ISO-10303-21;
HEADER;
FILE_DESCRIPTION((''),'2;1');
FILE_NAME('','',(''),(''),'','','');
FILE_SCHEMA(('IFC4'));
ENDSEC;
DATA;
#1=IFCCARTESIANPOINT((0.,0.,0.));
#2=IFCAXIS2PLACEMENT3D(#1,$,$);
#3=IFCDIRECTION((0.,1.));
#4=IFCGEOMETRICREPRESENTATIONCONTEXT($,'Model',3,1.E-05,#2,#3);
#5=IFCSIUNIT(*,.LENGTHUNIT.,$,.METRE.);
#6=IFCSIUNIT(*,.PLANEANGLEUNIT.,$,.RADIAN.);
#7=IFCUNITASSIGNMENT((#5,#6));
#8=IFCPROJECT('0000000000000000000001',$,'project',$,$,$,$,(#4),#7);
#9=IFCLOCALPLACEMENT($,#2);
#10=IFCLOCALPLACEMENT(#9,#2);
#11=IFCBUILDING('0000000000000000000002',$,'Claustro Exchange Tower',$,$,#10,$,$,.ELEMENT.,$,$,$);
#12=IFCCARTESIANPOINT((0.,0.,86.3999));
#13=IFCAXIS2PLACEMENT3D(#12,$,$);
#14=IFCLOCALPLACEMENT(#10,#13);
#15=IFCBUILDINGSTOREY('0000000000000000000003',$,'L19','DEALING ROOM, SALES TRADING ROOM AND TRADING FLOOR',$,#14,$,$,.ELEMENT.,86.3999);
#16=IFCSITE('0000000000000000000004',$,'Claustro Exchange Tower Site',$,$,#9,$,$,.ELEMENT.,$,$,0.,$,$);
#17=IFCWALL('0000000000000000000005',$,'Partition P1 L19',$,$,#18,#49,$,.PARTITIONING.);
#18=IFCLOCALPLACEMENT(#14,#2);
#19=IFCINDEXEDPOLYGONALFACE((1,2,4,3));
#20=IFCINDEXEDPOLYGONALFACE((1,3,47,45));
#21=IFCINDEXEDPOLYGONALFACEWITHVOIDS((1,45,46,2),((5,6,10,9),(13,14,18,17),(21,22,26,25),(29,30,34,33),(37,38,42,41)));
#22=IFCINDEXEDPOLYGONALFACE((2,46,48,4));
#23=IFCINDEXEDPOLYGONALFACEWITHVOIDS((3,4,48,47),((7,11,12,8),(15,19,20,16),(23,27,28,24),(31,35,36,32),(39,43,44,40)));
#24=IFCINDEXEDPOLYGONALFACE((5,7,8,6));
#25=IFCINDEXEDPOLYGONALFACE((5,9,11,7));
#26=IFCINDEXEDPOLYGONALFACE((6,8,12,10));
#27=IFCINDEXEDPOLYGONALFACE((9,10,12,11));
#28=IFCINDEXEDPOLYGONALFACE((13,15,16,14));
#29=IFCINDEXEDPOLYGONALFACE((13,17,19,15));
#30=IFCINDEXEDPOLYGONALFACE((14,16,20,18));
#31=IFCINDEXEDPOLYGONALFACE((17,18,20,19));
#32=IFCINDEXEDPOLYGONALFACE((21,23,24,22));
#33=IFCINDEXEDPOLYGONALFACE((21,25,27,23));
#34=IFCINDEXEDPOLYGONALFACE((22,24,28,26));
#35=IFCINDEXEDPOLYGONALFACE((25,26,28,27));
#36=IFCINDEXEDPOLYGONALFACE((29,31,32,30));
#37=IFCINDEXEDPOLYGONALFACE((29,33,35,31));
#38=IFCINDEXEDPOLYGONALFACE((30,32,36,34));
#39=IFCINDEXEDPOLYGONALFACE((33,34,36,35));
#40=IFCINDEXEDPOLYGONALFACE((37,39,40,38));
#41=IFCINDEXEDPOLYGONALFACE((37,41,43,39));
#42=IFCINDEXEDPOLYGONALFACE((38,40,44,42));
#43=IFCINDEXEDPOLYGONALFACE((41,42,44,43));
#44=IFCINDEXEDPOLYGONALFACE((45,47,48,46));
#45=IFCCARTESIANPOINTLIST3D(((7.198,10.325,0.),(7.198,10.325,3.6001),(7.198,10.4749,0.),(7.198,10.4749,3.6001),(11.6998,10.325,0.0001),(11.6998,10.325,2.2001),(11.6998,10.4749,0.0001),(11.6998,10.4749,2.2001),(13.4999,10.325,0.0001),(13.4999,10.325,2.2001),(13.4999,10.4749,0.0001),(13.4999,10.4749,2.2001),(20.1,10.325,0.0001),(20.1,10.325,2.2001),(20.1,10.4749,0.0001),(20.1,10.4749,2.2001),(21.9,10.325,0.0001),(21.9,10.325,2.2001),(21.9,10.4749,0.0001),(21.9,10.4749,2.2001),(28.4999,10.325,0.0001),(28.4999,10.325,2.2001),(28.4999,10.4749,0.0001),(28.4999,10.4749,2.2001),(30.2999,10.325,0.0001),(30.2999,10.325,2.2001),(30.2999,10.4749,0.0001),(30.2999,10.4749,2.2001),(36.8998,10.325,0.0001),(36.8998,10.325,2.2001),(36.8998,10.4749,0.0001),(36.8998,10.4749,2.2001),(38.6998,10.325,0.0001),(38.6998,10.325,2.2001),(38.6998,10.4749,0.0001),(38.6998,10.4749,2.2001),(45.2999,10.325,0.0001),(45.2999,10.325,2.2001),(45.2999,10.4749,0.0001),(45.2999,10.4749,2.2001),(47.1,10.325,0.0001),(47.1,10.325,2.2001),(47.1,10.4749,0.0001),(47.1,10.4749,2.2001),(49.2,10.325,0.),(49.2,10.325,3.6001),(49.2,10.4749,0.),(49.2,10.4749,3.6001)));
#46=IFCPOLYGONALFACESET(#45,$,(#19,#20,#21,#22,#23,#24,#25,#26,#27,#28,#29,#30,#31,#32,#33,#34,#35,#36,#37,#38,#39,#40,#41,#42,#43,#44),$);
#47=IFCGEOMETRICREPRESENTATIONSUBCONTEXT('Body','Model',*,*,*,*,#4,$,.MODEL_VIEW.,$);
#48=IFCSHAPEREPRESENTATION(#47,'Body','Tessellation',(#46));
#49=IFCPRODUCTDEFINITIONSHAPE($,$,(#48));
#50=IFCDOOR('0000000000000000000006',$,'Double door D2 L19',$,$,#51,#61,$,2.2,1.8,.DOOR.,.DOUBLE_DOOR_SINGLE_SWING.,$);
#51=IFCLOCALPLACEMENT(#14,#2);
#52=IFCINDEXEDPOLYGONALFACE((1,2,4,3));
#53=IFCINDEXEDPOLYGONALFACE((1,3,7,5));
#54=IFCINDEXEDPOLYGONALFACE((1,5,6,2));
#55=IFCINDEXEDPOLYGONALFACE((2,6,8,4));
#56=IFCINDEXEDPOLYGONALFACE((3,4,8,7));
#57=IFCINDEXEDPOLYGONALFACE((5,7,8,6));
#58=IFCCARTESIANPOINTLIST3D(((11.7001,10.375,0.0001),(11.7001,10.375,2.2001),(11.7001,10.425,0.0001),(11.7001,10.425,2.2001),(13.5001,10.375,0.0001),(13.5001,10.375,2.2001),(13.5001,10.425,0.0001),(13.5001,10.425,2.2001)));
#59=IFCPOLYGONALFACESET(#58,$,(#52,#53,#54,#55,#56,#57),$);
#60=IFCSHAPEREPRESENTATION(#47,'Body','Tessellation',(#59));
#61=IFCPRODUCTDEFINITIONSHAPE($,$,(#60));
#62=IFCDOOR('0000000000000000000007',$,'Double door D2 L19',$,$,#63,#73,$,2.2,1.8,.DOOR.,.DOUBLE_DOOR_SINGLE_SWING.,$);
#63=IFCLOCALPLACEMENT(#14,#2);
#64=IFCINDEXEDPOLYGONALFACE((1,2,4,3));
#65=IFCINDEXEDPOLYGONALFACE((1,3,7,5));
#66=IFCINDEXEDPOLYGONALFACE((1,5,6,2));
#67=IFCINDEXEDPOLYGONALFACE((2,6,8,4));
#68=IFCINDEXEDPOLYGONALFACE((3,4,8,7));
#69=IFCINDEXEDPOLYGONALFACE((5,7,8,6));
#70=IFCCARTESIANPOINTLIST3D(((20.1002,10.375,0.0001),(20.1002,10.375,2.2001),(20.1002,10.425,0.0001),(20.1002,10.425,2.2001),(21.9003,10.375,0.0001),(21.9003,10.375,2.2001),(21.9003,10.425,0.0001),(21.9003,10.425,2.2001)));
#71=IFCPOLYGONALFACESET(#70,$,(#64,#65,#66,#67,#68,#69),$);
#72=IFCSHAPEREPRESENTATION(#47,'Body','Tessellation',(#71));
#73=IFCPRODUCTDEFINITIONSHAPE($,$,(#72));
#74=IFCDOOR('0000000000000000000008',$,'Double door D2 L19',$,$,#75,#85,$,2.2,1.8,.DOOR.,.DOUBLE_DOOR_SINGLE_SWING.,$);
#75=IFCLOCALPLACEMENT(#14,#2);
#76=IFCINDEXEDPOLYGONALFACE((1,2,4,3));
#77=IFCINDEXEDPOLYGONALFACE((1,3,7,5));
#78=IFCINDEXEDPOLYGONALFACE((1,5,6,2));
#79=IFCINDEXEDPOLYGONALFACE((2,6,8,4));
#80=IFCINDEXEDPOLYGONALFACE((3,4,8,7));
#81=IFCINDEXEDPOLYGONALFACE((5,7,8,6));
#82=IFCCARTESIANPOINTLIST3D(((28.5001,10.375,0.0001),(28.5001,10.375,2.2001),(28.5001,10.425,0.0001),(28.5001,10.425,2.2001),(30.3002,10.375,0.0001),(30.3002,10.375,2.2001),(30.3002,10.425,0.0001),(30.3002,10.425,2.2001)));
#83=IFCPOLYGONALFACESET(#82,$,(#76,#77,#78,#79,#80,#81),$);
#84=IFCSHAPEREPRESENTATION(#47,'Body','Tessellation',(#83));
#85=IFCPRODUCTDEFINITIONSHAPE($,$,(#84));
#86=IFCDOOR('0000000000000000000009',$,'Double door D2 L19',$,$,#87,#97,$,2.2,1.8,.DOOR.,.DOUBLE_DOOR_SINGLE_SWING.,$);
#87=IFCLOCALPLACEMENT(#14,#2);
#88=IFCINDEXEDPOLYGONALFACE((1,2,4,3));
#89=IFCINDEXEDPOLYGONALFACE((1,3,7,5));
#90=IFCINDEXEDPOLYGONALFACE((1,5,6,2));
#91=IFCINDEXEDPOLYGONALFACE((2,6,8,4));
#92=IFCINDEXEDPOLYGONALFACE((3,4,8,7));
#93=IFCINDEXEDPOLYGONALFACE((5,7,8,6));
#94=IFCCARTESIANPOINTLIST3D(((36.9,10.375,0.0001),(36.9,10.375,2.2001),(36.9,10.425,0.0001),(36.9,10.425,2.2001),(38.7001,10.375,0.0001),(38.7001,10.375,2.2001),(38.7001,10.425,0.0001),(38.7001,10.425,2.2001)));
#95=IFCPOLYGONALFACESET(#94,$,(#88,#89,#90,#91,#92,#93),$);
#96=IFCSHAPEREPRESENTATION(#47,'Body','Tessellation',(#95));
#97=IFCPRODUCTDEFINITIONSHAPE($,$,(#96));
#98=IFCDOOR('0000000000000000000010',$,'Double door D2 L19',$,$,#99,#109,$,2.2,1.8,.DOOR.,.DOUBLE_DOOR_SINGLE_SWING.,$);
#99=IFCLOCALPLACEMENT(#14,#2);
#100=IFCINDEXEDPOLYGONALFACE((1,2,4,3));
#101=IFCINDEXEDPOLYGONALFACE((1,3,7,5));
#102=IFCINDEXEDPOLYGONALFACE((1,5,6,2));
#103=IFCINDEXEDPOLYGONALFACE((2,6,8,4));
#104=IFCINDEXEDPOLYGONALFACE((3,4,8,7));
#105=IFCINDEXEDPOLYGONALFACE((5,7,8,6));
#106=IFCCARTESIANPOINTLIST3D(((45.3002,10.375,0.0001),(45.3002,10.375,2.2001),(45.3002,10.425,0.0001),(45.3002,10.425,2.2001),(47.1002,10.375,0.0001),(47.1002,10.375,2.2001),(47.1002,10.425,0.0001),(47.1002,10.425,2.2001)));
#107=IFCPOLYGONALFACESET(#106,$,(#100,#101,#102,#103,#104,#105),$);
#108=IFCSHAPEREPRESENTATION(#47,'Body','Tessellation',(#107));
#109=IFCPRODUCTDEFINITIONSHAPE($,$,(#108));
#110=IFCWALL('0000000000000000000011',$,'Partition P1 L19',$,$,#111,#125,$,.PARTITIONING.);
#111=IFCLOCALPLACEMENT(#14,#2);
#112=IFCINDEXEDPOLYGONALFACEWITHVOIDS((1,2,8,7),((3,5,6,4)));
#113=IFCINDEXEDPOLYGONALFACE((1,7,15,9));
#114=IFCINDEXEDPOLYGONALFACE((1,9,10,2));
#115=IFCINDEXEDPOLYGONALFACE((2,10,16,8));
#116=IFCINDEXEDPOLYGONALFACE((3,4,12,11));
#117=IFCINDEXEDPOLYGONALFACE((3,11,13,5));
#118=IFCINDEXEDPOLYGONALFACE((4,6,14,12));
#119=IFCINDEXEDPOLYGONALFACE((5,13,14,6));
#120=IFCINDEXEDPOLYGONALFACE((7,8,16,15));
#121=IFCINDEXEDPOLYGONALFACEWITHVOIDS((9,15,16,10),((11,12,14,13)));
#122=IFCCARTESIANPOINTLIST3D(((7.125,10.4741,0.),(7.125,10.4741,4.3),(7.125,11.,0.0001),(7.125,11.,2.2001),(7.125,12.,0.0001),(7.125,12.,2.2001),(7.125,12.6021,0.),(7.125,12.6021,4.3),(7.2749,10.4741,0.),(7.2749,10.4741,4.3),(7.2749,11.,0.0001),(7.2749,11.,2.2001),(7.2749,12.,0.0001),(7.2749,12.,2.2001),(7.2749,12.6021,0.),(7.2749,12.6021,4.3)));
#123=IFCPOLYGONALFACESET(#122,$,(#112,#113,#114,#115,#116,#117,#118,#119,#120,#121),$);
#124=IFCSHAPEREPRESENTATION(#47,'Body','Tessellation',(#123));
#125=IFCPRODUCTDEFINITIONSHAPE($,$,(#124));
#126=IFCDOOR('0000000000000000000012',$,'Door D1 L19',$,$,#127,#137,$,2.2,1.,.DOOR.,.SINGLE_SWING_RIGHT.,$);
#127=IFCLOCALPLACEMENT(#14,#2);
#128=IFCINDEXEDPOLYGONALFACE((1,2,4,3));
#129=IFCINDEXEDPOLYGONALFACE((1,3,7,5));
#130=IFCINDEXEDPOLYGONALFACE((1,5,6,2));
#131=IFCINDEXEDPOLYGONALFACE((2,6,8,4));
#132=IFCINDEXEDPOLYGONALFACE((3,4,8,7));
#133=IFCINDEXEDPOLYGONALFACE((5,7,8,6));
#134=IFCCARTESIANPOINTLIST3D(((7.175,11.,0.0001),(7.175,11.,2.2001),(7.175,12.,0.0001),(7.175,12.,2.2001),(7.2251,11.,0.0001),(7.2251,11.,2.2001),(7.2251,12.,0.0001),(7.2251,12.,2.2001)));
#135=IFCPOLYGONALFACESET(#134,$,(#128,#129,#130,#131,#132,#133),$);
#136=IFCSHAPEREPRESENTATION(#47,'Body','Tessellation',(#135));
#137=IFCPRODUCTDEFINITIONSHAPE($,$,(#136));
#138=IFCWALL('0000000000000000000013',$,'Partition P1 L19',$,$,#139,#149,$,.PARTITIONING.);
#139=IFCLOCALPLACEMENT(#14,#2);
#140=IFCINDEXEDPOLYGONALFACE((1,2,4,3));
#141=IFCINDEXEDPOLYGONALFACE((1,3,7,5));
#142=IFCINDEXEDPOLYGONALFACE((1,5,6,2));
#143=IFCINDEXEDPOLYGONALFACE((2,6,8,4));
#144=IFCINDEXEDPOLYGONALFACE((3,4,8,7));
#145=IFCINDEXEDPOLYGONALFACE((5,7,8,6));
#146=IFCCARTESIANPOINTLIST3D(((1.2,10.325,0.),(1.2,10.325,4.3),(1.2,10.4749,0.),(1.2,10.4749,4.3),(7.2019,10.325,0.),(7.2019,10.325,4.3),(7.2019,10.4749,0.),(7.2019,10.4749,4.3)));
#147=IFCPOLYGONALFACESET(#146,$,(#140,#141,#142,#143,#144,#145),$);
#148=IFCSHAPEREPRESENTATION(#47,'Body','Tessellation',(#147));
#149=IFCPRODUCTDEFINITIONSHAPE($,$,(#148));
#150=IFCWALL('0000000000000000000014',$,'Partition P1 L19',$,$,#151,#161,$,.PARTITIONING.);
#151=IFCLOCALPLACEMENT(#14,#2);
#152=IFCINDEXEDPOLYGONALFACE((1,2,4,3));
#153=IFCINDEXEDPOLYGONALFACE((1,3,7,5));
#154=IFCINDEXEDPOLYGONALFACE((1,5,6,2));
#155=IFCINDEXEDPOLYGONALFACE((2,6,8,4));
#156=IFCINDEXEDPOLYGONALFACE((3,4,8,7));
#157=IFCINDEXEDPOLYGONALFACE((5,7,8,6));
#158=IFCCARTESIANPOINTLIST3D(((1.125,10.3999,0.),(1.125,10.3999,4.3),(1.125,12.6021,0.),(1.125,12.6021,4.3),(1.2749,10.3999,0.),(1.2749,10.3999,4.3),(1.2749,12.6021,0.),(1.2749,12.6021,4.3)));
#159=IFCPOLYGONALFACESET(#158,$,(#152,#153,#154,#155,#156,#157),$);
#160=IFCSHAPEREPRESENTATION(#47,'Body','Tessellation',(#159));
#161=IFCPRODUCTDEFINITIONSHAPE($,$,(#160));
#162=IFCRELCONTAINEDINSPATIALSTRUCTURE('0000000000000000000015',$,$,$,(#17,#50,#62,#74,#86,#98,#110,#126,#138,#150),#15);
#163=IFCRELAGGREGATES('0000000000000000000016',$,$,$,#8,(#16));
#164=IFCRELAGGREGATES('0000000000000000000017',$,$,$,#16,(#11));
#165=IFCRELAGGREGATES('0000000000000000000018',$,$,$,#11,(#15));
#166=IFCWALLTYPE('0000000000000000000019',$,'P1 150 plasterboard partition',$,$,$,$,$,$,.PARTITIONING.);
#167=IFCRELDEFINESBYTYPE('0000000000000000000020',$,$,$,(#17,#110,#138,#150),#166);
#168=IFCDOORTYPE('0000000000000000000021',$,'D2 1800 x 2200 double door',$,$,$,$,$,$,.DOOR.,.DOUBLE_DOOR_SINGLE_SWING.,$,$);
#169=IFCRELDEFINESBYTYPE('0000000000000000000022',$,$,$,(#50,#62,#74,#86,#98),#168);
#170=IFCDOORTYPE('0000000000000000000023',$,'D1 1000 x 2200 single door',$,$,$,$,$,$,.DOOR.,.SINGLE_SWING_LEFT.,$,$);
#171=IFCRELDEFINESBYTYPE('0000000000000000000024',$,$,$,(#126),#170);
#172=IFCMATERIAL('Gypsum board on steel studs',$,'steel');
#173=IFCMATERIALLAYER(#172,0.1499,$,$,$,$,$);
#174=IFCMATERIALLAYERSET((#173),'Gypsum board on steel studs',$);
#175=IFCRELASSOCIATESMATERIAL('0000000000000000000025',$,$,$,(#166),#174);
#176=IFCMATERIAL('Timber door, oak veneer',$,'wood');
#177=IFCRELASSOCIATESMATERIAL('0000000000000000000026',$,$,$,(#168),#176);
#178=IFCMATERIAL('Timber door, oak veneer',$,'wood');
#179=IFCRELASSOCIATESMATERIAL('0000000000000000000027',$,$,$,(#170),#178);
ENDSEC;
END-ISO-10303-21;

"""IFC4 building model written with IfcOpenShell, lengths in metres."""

from ifc_helpers import new_model, si_unit, direction, frame, frame_2d, origin, place, context, subcontext, project, spatial, rectangle, extrude, material, layer, layer_set, type_object, element, fill, save


model = new_model("IFC4")

# Units and contexts
model_context = context("Model", 3, precision=1e-05, world=origin(), true_north=direction((0.0, 1.0)))
body_context = subcontext(model_context, "Body", "Model", "MODEL_VIEW")
ifc_project = project(units=[si_unit("LENGTHUNIT", "METRE"), si_unit("PLANEANGLEUNIT", "RADIAN")], contexts=[model_context])

# Site, building, storey
site_placement = place(None, origin())
site = spatial("IfcSite", under=ifc_project, at=site_placement, Name="Claustro Exchange Tower Site", CompositionType="ELEMENT", RefElevation=0.0)
building_placement = place(site_placement, origin())
building = spatial("IfcBuilding", under=site, at=building_placement, Name="Claustro Exchange Tower", CompositionType="ELEMENT")
storey_placement = place(building_placement, frame((0.0, 0.0, 86.3999)))
storey = spatial("IfcBuildingStorey", under=building, at=storey_placement, Name="L19", Description="DEALING ROOM, SALES TRADING ROOM AND TRADING FLOOR", CompositionType="ELEMENT", Elevation=86.3999)

# Wall, openings, doors
ifc_material_1 = material(Name="Gypsum board on steel studs", Category="steel")
ifc_layer_1 = layer(ifc_material_1, 0.1499)
ifc_layer_set_1 = layer_set([ifc_layer_1], Name="Gypsum board on steel studs")
wall_type_1 = type_object("IfcWallType", Name="P1 150 plasterboard partition", PredefinedType="PARTITIONING", material=ifc_layer_set_1)
wall_1_placement = place(storey_placement, frame((7.198, 10.3999, 0.0), z_axis=(0.0, 0.0, 1.0), x_axis=(1.0, 0.0, 0.0)))
wall_1 = element("IfcWall", 1, at=wall_1_placement, inside=storey, type_object=wall_type_1, Name="Partition P1 L19", PredefinedType="PARTITIONING", context=body_context, shape_type="SweptSolid", body=[
    extrude(rectangle(XDim=42.002, YDim=0.1499, at=frame_2d((21.001, 0.0))), origin(), (0.0, 0.0, 1.0), 3.6001),
])
opening_1_placement = place(wall_1_placement, frame((4.502, 0.0, 0.0)))
opening_1 = element("IfcOpeningElement", 2, at=opening_1_placement, cuts=wall_1, PredefinedType="OPENING", context=body_context, shape_type="SweptSolid", body=[
    extrude(rectangle(XDim=1.8, YDim=2.2, at=frame_2d((0.8999, 1.1001))), frame((0.0, 0.085, 0.0), z_axis=(0.0, -1.0, 0.0), x_axis=(1.0, 0.0, 0.0)), (0.0, 0.0, 1.0), 0.1699),
])
opening_2_placement = place(wall_1_placement, frame((12.9021, 0.0, 0.0)))
opening_2 = element("IfcOpeningElement", 3, at=opening_2_placement, cuts=wall_1, PredefinedType="OPENING", context=body_context, shape_type="SweptSolid", body=[
    extrude(rectangle(XDim=1.8, YDim=2.2, at=frame_2d((0.8999, 1.1001))), frame((0.0, 0.085, 0.0), z_axis=(0.0, -1.0, 0.0), x_axis=(1.0, 0.0, 0.0)), (0.0, 0.0, 1.0), 0.1699),
])
opening_3_placement = place(wall_1_placement, frame((21.302, 0.0, 0.0)))
opening_3 = element("IfcOpeningElement", 4, at=opening_3_placement, cuts=wall_1, PredefinedType="OPENING", context=body_context, shape_type="SweptSolid", body=[
    extrude(rectangle(XDim=1.8, YDim=2.2, at=frame_2d((0.8999, 1.1001))), frame((0.0, 0.085, 0.0), z_axis=(0.0, -1.0, 0.0), x_axis=(1.0, 0.0, 0.0)), (0.0, 0.0, 1.0), 0.1699),
])
opening_4_placement = place(wall_1_placement, frame((29.7019, 0.0, 0.0)))
opening_4 = element("IfcOpeningElement", 5, at=opening_4_placement, cuts=wall_1, PredefinedType="OPENING", context=body_context, shape_type="SweptSolid", body=[
    extrude(rectangle(XDim=1.8, YDim=2.2, at=frame_2d((0.8999, 1.1001))), frame((0.0, 0.085, 0.0), z_axis=(0.0, -1.0, 0.0), x_axis=(1.0, 0.0, 0.0)), (0.0, 0.0, 1.0), 0.1699),
])
opening_5_placement = place(wall_1_placement, frame((38.1021, 0.0, 0.0)))
opening_5 = element("IfcOpeningElement", 6, at=opening_5_placement, cuts=wall_1, PredefinedType="OPENING", context=body_context, shape_type="SweptSolid", body=[
    extrude(rectangle(XDim=1.8, YDim=2.2, at=frame_2d((0.8999, 1.1001))), frame((0.0, 0.085, 0.0), z_axis=(0.0, -1.0, 0.0), x_axis=(1.0, 0.0, 0.0)), (0.0, 0.0, 1.0), 0.1699),
])
ifc_material_2 = material(Name="Timber door, oak veneer", Category="wood")
door_type_1 = type_object("IfcDoorType", Name="D2 1800 x 2200 double door", OperationType="DOUBLE_DOOR_SINGLE_SWING", PredefinedType="DOOR", material=ifc_material_2)
door_1_placement = place(opening_1_placement, frame((1.8, 0.0, 0.0), z_axis=(0.0, 0.0, 1.0), x_axis=(-1.0, 0.0, 0.0)))
door_1 = element("IfcDoor", 7, at=door_1_placement, inside=storey, type_object=door_type_1, Name="Double door D2 L19", OperationType="DOUBLE_DOOR_SINGLE_SWING", OverallHeight=2.2, OverallWidth=1.8, PredefinedType="DOOR", context=body_context, shape_type="SweptSolid", body=[
    extrude(rectangle(XDim=1.8, YDim=2.2, at=frame_2d((0.8999, 1.1001))), frame((0.0, 0.0249, 0.0), z_axis=(0.0, -1.0, 0.0), x_axis=(1.0, 0.0, 0.0)), (0.0, 0.0, 1.0), 0.05),
])
fill(opening_1, door_1)
door_2_placement = place(opening_2_placement, frame((1.8, 0.0, 0.0), z_axis=(0.0, 0.0, 1.0), x_axis=(-1.0, 0.0, 0.0)))
door_2 = element("IfcDoor", 8, at=door_2_placement, inside=storey, type_object=door_type_1, Name="Double door D2 L19", OperationType="DOUBLE_DOOR_SINGLE_SWING", OverallHeight=2.2, OverallWidth=1.8, PredefinedType="DOOR", context=body_context, shape_type="SweptSolid", body=[
    extrude(rectangle(XDim=1.8, YDim=2.2, at=frame_2d((0.8999, 1.1001))), frame((0.0, 0.0249, 0.0), z_axis=(0.0, -1.0, 0.0), x_axis=(1.0, 0.0, 0.0)), (0.0, 0.0, 1.0), 0.05),
])
fill(opening_2, door_2)
door_3_placement = place(opening_3_placement, frame((1.8, 0.0, 0.0), z_axis=(0.0, 0.0, 1.0), x_axis=(-1.0, 0.0, 0.0)))
door_3 = element("IfcDoor", 9, at=door_3_placement, inside=storey, type_object=door_type_1, Name="Double door D2 L19", OperationType="DOUBLE_DOOR_SINGLE_SWING", OverallHeight=2.2, OverallWidth=1.8, PredefinedType="DOOR", context=body_context, shape_type="SweptSolid", body=[
    extrude(rectangle(XDim=1.8, YDim=2.2, at=frame_2d((0.8999, 1.1001))), frame((0.0, 0.0249, 0.0), z_axis=(0.0, -1.0, 0.0), x_axis=(1.0, 0.0, 0.0)), (0.0, 0.0, 1.0), 0.05),
])
fill(opening_3, door_3)
door_4_placement = place(opening_4_placement, frame((1.8, 0.0, 0.0), z_axis=(0.0, 0.0, 1.0), x_axis=(-1.0, 0.0, 0.0)))
door_4 = element("IfcDoor", 10, at=door_4_placement, inside=storey, type_object=door_type_1, Name="Double door D2 L19", OperationType="DOUBLE_DOOR_SINGLE_SWING", OverallHeight=2.2, OverallWidth=1.8, PredefinedType="DOOR", context=body_context, shape_type="SweptSolid", body=[
    extrude(rectangle(XDim=1.8, YDim=2.2, at=frame_2d((0.8999, 1.1001))), frame((0.0, 0.0249, 0.0), z_axis=(0.0, -1.0, 0.0), x_axis=(1.0, 0.0, 0.0)), (0.0, 0.0, 1.0), 0.05),
])
fill(opening_4, door_4)
door_5_placement = place(opening_5_placement, frame((1.8, 0.0, 0.0), z_axis=(0.0, 0.0, 1.0), x_axis=(-1.0, 0.0, 0.0)))
door_5 = element("IfcDoor", 11, at=door_5_placement, inside=storey, type_object=door_type_1, Name="Double door D2 L19", OperationType="DOUBLE_DOOR_SINGLE_SWING", OverallHeight=2.2, OverallWidth=1.8, PredefinedType="DOOR", context=body_context, shape_type="SweptSolid", body=[
    extrude(rectangle(XDim=1.8, YDim=2.2, at=frame_2d((0.8999, 1.1001))), frame((0.0, 0.0249, 0.0), z_axis=(0.0, -1.0, 0.0), x_axis=(1.0, 0.0, 0.0)), (0.0, 0.0, 1.0), 0.05),
])
fill(opening_5, door_5)

# Wall, opening, door
wall_2_placement = place(storey_placement, frame((7.2, 10.4741, 0.0), z_axis=(0.0, 0.0, 1.0), x_axis=(0.0, 1.0, 0.0)))
wall_2 = element("IfcWall", 12, at=wall_2_placement, inside=storey, type_object=wall_type_1, Name="Partition P1 L19", PredefinedType="PARTITIONING", context=body_context, shape_type="SweptSolid", body=[
    extrude(rectangle(XDim=2.1279, YDim=0.1499, at=frame_2d((1.064, 0.0))), origin(), (0.0, 0.0, 1.0), 4.3),
])
opening_6_placement = place(wall_2_placement, frame((0.5259, 0.0, 0.0)))
opening_6 = element("IfcOpeningElement", 13, at=opening_6_placement, cuts=wall_2, PredefinedType="OPENING", context=body_context, shape_type="SweptSolid", body=[
    extrude(rectangle(XDim=1.0, YDim=2.2, at=frame_2d((0.5, 1.1001))), frame((0.0, 0.085, 0.0), z_axis=(0.0, -1.0, 0.0), x_axis=(1.0, 0.0, 0.0)), (0.0, 0.0, 1.0), 0.1699),
])
ifc_material_3 = material(Name="Timber door, oak veneer", Category="wood")
door_type_2 = type_object("IfcDoorType", Name="D1 1000 x 2200 single door", OperationType="SINGLE_SWING_LEFT", PredefinedType="DOOR", material=ifc_material_3)
door_6_placement = place(opening_6_placement, origin())
door_6 = element("IfcDoor", 14, at=door_6_placement, inside=storey, type_object=door_type_2, Name="Door D1 L19", OperationType="SINGLE_SWING_RIGHT", OverallHeight=2.2, OverallWidth=1.0, PredefinedType="DOOR", context=body_context, shape_type="SweptSolid", body=[
    extrude(rectangle(XDim=1.0, YDim=2.2, at=frame_2d((0.5, 1.1001))), frame((0.0, 0.0249, 0.0), z_axis=(0.0, -1.0, 0.0), x_axis=(1.0, 0.0, 0.0)), (0.0, 0.0, 1.0), 0.05),
])
fill(opening_6, door_6)

# Walls
wall_3_placement = place(storey_placement, frame((1.2, 10.3999, 0.0), z_axis=(0.0, 0.0, 1.0), x_axis=(1.0, 0.0, 0.0)))
element("IfcWall", 15, at=wall_3_placement, inside=storey, type_object=wall_type_1, Name="Partition P1 L19", PredefinedType="PARTITIONING", context=body_context, shape_type="SweptSolid", body=[
    extrude(rectangle(XDim=6.002, YDim=0.1499, at=frame_2d((3.001, 0.0))), origin(), (0.0, 0.0, 1.0), 4.3),
])
wall_4_placement = place(storey_placement, frame((1.2, 10.3999, 0.0), z_axis=(0.0, 0.0, 1.0), x_axis=(0.0, 1.0, 0.0)))
element("IfcWall", 16, at=wall_4_placement, inside=storey, type_object=wall_type_1, Name="Partition P1 L19", PredefinedType="PARTITIONING", context=body_context, shape_type="SweptSolid", body=[
    extrude(rectangle(XDim=2.2021, YDim=0.1499, at=frame_2d((1.1011, 0.0))), origin(), (0.0, 0.0, 1.0), 4.3),
])

save(model, "model.ifc")
